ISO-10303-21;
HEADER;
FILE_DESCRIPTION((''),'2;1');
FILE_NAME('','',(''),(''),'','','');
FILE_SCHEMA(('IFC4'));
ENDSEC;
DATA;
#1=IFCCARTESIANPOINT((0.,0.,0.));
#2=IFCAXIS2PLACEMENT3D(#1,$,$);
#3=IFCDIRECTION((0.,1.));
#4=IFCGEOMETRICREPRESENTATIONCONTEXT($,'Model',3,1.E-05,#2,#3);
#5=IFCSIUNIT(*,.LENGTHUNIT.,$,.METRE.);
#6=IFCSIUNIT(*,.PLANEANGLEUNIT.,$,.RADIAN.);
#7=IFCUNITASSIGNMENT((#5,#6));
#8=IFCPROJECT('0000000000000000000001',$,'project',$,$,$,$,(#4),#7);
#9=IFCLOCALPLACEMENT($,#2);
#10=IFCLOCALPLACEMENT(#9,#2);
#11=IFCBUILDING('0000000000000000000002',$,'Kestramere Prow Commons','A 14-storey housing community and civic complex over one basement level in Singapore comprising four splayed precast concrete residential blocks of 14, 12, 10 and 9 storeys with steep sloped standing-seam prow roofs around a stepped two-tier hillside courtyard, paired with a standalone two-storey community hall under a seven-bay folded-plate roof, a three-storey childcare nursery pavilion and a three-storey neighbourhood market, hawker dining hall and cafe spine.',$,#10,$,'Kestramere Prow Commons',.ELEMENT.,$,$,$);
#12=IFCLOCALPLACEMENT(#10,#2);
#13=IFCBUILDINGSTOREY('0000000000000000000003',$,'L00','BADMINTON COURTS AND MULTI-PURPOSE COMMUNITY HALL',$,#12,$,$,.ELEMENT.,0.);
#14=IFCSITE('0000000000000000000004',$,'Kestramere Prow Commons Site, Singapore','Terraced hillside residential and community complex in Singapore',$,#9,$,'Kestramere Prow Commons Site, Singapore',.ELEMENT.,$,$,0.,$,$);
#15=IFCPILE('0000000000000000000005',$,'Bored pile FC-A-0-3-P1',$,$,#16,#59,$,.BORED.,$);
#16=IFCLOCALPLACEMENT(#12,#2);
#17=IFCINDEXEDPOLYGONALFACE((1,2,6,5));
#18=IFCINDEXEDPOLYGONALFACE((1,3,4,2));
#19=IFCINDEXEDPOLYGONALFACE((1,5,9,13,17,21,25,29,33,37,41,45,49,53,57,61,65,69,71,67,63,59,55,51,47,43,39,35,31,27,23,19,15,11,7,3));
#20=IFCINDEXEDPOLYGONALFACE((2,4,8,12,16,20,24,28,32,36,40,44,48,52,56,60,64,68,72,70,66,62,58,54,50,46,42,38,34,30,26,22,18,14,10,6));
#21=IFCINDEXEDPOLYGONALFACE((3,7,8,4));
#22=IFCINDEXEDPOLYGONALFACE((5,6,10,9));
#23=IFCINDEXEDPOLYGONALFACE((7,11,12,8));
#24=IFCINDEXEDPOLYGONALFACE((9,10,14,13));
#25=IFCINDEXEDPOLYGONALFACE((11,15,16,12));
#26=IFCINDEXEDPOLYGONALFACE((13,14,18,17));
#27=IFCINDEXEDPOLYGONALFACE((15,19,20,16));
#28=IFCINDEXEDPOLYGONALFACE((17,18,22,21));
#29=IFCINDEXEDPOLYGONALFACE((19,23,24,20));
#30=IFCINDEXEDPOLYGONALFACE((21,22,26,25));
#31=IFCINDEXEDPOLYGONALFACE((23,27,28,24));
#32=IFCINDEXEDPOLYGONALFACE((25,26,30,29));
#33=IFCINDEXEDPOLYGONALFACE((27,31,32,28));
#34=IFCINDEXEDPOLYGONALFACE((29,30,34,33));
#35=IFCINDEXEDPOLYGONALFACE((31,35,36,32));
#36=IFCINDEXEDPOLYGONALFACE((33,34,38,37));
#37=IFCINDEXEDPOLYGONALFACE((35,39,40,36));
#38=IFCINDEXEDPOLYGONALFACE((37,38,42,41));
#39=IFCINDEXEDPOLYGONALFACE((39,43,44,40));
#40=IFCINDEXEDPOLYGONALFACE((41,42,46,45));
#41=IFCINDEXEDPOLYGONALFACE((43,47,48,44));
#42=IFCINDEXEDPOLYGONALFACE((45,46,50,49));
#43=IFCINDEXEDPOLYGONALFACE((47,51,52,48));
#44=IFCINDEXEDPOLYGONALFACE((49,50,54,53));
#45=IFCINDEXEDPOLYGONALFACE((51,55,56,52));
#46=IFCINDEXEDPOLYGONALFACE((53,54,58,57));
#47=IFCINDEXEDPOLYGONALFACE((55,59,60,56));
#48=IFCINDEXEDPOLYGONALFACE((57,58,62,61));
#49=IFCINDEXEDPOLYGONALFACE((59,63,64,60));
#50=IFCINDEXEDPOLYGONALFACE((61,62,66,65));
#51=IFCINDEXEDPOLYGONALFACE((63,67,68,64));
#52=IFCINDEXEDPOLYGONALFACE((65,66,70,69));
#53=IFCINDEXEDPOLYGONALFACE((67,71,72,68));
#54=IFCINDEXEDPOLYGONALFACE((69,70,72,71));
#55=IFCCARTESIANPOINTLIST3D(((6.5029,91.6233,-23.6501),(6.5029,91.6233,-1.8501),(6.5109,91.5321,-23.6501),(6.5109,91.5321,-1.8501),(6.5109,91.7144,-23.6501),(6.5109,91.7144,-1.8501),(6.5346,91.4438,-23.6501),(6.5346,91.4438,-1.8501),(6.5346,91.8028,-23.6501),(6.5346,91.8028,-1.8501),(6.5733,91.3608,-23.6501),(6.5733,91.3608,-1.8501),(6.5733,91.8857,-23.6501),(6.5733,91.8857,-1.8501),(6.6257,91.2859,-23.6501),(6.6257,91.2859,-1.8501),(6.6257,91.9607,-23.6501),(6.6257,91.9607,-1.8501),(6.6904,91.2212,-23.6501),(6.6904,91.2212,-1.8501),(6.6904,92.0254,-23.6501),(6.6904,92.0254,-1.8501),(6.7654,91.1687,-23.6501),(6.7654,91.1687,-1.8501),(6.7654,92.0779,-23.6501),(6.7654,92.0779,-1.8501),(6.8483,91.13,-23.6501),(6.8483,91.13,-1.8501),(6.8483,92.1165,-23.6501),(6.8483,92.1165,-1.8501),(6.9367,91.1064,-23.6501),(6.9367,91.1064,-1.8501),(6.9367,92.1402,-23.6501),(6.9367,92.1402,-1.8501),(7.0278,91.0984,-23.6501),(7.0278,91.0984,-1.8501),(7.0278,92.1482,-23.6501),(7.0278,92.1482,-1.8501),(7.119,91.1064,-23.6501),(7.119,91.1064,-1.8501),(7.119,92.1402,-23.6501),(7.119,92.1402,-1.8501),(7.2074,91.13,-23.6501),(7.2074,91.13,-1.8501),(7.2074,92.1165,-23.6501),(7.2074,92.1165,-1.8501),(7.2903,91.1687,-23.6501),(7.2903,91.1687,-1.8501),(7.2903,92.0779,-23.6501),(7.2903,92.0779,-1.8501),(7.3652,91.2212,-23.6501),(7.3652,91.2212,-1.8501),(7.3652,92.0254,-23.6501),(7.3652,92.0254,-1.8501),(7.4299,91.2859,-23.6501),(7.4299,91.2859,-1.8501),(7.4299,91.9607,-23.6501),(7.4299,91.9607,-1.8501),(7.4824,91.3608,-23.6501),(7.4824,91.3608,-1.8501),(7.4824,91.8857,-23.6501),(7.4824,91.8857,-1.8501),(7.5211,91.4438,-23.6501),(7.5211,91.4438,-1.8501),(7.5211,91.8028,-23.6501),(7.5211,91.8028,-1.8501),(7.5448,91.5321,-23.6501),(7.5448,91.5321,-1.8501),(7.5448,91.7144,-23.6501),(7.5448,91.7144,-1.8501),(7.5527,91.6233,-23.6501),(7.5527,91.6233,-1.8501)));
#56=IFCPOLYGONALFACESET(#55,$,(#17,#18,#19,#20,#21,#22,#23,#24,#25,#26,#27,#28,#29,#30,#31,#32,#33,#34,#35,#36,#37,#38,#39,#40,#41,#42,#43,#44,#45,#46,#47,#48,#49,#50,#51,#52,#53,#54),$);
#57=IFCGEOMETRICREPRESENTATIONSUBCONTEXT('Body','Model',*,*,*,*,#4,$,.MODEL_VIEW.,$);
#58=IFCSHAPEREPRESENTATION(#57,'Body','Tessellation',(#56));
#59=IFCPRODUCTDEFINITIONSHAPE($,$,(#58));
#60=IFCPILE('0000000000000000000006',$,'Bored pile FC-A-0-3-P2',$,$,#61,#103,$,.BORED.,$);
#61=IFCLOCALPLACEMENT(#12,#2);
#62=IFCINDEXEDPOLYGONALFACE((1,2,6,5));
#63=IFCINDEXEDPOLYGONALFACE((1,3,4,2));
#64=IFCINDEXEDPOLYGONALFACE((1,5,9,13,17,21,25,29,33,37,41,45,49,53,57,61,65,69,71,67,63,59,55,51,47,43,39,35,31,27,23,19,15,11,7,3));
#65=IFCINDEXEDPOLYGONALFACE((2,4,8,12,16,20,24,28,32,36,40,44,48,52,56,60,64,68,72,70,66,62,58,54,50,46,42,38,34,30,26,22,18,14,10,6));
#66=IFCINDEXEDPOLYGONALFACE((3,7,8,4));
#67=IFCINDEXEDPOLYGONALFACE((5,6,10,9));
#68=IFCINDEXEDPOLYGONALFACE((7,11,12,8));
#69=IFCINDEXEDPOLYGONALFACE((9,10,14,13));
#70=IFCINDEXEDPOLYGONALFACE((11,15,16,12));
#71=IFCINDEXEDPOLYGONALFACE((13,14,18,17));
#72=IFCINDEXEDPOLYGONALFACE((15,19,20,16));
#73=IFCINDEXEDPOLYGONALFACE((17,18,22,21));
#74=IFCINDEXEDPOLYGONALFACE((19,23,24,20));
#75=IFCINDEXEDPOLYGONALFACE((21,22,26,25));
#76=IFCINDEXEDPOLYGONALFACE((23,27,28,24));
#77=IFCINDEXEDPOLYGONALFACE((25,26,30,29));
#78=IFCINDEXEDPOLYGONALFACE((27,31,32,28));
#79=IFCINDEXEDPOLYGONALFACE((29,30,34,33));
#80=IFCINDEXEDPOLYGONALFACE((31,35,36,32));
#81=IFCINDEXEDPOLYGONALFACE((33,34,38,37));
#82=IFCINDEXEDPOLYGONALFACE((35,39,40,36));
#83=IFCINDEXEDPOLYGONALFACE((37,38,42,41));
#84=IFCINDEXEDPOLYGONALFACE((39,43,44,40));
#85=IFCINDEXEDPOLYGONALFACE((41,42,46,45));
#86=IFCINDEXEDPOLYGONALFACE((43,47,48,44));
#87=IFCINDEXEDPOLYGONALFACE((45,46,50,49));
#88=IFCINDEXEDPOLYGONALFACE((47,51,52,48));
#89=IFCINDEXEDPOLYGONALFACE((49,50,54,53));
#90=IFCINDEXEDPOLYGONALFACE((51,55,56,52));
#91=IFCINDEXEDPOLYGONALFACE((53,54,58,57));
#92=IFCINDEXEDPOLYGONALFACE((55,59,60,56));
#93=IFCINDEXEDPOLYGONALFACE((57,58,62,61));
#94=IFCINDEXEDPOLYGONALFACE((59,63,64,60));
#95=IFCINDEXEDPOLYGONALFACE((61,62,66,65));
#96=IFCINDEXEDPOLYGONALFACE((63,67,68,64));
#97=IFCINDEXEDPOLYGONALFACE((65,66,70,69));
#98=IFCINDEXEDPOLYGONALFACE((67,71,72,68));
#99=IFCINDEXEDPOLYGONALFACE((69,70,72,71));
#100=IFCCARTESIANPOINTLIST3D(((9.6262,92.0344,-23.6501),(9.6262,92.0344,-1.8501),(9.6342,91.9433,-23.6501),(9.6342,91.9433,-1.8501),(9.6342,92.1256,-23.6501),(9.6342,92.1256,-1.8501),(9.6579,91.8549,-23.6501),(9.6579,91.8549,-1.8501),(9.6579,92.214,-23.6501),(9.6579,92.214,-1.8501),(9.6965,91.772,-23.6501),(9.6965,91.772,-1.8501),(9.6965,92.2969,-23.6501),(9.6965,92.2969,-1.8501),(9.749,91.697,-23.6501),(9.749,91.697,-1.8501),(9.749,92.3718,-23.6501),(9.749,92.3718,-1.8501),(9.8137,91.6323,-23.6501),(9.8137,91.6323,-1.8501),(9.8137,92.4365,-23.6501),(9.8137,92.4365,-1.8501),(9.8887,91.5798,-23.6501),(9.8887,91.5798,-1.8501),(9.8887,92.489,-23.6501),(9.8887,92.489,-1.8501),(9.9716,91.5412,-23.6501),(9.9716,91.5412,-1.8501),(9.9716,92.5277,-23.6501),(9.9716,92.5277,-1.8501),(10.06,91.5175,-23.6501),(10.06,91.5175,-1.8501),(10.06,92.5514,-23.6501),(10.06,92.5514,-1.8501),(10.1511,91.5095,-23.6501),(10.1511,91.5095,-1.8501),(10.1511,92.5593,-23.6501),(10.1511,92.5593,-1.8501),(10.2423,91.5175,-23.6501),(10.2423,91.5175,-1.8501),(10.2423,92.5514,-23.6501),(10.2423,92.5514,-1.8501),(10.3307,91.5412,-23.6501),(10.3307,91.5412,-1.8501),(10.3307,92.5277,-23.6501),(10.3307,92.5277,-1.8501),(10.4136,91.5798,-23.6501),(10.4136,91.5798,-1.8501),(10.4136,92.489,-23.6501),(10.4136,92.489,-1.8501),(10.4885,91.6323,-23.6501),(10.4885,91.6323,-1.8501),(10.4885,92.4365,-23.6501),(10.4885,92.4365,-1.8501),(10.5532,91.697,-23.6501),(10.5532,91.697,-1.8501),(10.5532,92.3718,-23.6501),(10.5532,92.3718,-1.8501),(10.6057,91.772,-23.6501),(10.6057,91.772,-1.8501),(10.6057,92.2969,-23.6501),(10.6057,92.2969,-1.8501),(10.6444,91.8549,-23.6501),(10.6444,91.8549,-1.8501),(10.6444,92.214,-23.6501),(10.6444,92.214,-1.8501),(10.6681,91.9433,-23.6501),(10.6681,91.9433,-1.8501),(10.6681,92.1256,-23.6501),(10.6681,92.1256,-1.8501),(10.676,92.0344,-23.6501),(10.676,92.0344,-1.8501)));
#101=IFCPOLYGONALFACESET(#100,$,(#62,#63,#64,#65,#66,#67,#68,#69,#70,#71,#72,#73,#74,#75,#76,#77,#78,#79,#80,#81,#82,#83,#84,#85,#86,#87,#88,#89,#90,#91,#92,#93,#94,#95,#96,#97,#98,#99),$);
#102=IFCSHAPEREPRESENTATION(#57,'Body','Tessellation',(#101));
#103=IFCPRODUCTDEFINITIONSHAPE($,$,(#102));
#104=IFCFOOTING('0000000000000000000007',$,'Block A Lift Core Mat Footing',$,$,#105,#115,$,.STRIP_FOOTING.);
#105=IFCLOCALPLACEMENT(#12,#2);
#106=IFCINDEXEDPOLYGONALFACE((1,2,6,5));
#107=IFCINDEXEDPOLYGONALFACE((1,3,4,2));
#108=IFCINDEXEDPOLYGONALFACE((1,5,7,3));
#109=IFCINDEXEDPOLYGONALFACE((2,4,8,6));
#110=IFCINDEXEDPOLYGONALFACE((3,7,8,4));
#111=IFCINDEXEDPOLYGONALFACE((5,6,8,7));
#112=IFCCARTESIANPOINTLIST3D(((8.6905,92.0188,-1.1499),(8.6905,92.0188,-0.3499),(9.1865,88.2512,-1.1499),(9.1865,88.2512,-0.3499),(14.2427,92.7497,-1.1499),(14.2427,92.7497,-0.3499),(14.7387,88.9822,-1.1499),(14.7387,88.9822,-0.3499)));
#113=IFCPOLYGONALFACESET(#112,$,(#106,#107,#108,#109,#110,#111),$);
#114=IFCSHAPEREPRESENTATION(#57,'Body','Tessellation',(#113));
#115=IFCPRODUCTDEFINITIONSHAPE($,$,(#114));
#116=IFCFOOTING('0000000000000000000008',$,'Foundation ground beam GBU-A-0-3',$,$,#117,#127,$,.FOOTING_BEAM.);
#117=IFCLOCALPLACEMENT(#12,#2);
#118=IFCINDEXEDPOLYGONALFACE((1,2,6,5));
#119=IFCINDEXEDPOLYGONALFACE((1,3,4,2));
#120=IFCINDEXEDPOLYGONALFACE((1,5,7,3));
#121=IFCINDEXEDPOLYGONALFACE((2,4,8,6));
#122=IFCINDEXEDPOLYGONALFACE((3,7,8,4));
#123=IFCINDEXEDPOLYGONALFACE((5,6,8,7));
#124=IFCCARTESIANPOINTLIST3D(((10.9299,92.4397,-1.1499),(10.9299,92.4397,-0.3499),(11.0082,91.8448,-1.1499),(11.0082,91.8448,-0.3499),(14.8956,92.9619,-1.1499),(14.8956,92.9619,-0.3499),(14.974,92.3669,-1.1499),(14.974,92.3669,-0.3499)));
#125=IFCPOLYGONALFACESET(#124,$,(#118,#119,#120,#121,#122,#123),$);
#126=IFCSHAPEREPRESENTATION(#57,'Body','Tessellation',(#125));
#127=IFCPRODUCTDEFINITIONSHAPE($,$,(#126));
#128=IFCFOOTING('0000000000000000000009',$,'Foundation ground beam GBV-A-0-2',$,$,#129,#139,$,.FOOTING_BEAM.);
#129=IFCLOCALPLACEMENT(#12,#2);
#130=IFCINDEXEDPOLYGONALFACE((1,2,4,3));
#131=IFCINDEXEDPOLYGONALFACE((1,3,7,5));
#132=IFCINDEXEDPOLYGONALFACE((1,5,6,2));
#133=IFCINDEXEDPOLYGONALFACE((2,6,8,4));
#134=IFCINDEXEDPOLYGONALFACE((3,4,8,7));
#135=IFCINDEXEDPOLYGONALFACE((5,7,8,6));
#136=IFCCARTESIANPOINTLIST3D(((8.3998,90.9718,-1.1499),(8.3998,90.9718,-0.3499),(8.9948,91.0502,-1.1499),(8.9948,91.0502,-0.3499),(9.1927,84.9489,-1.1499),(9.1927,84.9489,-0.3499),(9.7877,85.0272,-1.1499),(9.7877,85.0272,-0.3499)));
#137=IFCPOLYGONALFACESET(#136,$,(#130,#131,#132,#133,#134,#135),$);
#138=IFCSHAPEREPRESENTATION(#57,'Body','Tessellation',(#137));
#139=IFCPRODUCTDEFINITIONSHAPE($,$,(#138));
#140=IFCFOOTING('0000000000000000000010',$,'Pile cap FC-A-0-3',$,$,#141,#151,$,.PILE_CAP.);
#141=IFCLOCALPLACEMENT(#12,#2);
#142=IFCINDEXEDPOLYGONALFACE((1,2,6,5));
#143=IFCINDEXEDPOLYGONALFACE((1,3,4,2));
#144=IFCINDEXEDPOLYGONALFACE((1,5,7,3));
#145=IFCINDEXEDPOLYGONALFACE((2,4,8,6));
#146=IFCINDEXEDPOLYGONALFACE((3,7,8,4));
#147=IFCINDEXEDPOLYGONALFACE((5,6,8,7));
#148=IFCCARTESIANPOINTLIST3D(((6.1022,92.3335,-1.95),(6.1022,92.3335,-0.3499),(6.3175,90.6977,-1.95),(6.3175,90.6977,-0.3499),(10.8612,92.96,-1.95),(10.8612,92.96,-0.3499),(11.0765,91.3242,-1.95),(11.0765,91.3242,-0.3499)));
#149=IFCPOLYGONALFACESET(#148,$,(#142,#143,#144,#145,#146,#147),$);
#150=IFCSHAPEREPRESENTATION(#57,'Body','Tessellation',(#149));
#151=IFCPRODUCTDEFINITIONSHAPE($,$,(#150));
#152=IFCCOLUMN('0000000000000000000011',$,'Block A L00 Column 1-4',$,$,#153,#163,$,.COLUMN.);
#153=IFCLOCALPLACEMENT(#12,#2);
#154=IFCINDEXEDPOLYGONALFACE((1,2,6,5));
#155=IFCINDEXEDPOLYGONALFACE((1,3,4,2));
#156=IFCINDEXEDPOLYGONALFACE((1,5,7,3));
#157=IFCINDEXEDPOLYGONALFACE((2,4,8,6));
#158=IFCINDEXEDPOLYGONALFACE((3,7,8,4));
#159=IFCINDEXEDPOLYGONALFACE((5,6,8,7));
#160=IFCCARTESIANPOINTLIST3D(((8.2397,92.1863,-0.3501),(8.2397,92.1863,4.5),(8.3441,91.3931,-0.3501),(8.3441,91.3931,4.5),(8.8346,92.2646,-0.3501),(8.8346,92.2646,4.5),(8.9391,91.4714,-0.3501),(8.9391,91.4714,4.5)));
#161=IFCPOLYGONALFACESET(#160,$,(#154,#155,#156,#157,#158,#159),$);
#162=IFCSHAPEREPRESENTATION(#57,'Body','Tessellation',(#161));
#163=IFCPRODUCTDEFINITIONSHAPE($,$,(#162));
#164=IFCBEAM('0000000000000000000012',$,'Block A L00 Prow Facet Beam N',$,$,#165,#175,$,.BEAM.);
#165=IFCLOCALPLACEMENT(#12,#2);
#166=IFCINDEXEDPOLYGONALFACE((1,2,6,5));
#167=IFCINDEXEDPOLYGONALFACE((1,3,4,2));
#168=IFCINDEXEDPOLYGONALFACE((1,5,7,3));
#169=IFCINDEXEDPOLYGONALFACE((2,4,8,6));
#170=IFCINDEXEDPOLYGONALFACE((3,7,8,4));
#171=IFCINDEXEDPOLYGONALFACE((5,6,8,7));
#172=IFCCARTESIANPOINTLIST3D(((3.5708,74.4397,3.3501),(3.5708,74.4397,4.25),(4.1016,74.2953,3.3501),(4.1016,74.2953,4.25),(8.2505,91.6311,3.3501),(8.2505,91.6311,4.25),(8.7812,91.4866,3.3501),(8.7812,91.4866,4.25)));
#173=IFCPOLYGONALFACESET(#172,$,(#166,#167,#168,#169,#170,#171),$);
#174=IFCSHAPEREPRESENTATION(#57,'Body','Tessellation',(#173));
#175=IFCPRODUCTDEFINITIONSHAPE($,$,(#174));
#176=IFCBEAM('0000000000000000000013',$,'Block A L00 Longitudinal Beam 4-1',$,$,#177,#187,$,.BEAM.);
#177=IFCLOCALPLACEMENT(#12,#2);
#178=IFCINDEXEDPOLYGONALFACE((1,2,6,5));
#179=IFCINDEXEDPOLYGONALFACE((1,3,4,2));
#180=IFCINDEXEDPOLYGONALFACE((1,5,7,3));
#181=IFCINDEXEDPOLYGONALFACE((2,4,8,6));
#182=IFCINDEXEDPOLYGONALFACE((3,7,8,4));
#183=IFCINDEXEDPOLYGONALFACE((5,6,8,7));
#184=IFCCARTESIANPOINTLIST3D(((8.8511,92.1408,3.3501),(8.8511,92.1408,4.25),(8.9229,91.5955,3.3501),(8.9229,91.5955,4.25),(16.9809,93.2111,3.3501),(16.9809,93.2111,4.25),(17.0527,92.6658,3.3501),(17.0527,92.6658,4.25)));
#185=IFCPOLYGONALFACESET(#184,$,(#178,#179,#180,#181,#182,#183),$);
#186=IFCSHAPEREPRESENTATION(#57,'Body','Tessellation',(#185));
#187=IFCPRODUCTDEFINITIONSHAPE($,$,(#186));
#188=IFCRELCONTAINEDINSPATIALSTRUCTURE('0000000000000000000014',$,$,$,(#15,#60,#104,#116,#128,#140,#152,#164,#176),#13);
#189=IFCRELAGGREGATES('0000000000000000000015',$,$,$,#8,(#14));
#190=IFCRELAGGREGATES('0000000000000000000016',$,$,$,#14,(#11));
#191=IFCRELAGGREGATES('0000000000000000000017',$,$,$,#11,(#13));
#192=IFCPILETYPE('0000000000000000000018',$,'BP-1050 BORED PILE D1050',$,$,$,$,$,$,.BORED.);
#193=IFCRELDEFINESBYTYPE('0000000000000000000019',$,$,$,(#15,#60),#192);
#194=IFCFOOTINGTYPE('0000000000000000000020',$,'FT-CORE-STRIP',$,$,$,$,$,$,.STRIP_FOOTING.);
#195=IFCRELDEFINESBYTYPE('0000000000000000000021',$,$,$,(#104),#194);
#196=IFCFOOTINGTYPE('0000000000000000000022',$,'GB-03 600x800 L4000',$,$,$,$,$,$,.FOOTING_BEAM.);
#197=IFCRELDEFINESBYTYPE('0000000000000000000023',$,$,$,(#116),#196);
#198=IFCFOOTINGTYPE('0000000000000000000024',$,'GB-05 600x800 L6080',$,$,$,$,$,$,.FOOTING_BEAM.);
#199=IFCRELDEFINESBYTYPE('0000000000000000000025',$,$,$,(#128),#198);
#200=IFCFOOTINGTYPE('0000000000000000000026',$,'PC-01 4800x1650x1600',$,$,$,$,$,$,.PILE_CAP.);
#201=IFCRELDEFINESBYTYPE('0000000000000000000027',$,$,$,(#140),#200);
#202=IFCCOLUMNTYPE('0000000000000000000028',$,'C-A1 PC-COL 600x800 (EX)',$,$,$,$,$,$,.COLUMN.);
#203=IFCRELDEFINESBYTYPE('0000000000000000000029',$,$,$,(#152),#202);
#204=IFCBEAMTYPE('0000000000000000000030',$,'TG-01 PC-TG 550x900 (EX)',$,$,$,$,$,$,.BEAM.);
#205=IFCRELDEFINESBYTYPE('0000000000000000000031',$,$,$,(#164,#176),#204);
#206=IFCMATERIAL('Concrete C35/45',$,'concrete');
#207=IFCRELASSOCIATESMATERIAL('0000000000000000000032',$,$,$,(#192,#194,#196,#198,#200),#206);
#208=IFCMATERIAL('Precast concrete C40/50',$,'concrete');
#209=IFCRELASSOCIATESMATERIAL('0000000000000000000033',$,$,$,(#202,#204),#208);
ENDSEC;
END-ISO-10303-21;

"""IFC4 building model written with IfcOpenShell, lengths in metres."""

from ifc_helpers import new_model, si_unit, direction, frame, origin, origin_2d, place, context, subcontext, project, spatial, rectangle, circle, extrude, material, material_profile, profile_set, type_object, element, save


model = new_model("IFC4")

# Units and contexts
model_context = context("Model", 3, precision=1e-05, world=origin(), true_north=direction((0.0, 1.0)))
body_context = subcontext(model_context, "Body", "Model", "MODEL_VIEW")
ifc_project = project(units=[si_unit("LENGTHUNIT", "METRE"), si_unit("PLANEANGLEUNIT", "RADIAN")], contexts=[model_context])

# Site, building, storey
site_placement = place(None, origin())
site = spatial("IfcSite", under=ifc_project, at=site_placement, Name="Kestramere Prow Commons Site, Singapore", Description="Terraced hillside residential and community complex in Singapore", LongName="Kestramere Prow Commons Site, Singapore", CompositionType="ELEMENT", RefElevation=0.0)
building_placement = place(site_placement, origin())
building = spatial("IfcBuilding", under=site, at=building_placement, Name="Kestramere Prow Commons", Description="A 14-storey housing community and civic complex over one basement level in Singapore comprising four splayed precast concrete residential blocks of 14, 12, 10 and 9 storeys with steep sloped standing-seam prow roofs around a stepped two-tier hillside courtyard, paired with a standalone two-storey community hall under a seven-bay folded-plate roof, a three-storey childcare nursery pavilion and a three-storey neighbourhood market, hawker dining hall and cafe spine.", LongName="Kestramere Prow Commons", CompositionType="ELEMENT")
storey_placement = place(building_placement, origin())
storey = spatial("IfcBuildingStorey", under=building, at=storey_placement, Name="L00", Description="BADMINTON COURTS AND MULTI-PURPOSE COMMUNITY HALL", CompositionType="ELEMENT", Elevation=0.0)

# Piles
ifc_material_1 = material(Name="Concrete C35/45", Category="concrete")
ifc_material_profile_1 = material_profile(ifc_material_1, circle(Radius=0.5249, at=origin_2d()), Name="BORED PILE D1050")
ifc_profile_set_1 = profile_set([ifc_material_profile_1], Name="Concrete C35/45")
pile_type = type_object("IfcPileType", Name="BP-1050 BORED PILE D1050", PredefinedType="BORED", material=ifc_profile_set_1)
for number, where, z_axis, x_axis, name in (
    (1, (7.0278, 91.6233, -1.8501), (0.0, 0.0, -1.0), (1.0, 0.0, 0.0), "Bored pile FC-A-0-3-P1"),
    (2, (10.1511, 92.0344, -1.8501), (0.0, 0.0, -1.0), (1.0, 0.0, 0.0), "Bored pile FC-A-0-3-P2"),
):
    element("IfcPile", number, at=place(storey_placement, frame(where, z_axis=z_axis, x_axis=x_axis)), inside=storey, type_object=pile_type, Name=name, PredefinedType="BORED", context=body_context, shape_type="SweptSolid", body=[
        extrude(circle(Radius=0.5249, at=origin_2d()), origin(), (0.0, 0.0, 1.0), 21.8),
    ])

# Footings
footing_type_1 = type_object("IfcFootingType", Name="FT-CORE-STRIP", PredefinedType="STRIP_FOOTING", material=ifc_material_1)
footing_1_placement = place(storey_placement, frame((11.7146, 90.5005, -1.1499), z_axis=(0.0, 0.0, 1.0), x_axis=(0.991445, 0.130526, 0.0)))
element("IfcFooting", 3, at=footing_1_placement, inside=storey, type_object=footing_type_1, Name="Block A Lift Core Mat Footing", PredefinedType="STRIP_FOOTING", context=body_context, shape_type="SweptSolid", body=[
    extrude(rectangle(XDim=5.6001, YDim=3.8, at=origin_2d()), origin(), (0.0, 0.0, 1.0), 0.8),
])
footing_type_2 = type_object("IfcFootingType", Name="GB-03 600x800 L4000", PredefinedType="FOOTING_BEAM", material=ifc_material_1)
footing_2_placement = place(storey_placement, frame((12.9519, 92.4033, -1.1499), z_axis=(0.0, 0.0, 1.0), x_axis=(0.991445, 0.130526, 0.0)))
element("IfcFooting", 4, at=footing_2_placement, inside=storey, type_object=footing_type_2, Name="Foundation ground beam GBU-A-0-3", PredefinedType="FOOTING_BEAM", context=body_context, shape_type="SweptSolid", body=[
    extrude(rectangle(XDim=4.0, YDim=0.6001, at=origin_2d()), origin(), (0.0, 0.0, 1.0), 0.8),
])
footing_type_3 = type_object("IfcFootingType", Name="GB-05 600x800 L6080", PredefinedType="FOOTING_BEAM", material=ifc_material_1)
footing_3_placement = place(storey_placement, frame((9.0938, 87.9995, -1.1499), z_axis=(0.0, 0.0, 1.0), x_axis=(-0.130526, 0.991445, 0.0)))
element("IfcFooting", 5, at=footing_3_placement, inside=storey, type_object=footing_type_3, Name="Foundation ground beam GBV-A-0-2", PredefinedType="FOOTING_BEAM", context=body_context, shape_type="SweptSolid", body=[
    extrude(rectangle(XDim=6.075, YDim=0.6001, at=origin_2d()), origin(), (0.0, 0.0, 1.0), 0.8),
])
footing_type_4 = type_object("IfcFootingType", Name="PC-01 4800x1650x1600", PredefinedType="PILE_CAP", material=ifc_material_1)
footing_4_placement = place(storey_placement, frame((8.5894, 91.8289, -1.95), z_axis=(0.0, 0.0, 1.0), x_axis=(0.991445, 0.130526, 0.0)))
element("IfcFooting", 6, at=footing_4_placement, inside=storey, type_object=footing_type_4, Name="Pile cap FC-A-0-3", PredefinedType="PILE_CAP", context=body_context, shape_type="SweptSolid", body=[
    extrude(rectangle(XDim=4.8, YDim=1.6499, at=origin_2d()), origin(), (0.0, 0.0, 1.0), 1.6001),
])

# Column
ifc_material_2 = material(Name="Precast concrete C40/50", Category="concrete")
ifc_material_profile_2 = material_profile(ifc_material_2, rectangle(XDim=0.6001, YDim=0.8, at=origin_2d()), Name="PC-COL 600x800")
ifc_profile_set_2 = profile_set([ifc_material_profile_2], Name="Precast concrete C40/50")
column_type = type_object("IfcColumnType", Name="C-A1 PC-COL 600x800 (EX)", PredefinedType="COLUMN", material=ifc_profile_set_2)
column_placement = place(storey_placement, frame((8.5894, 91.8289, -0.3501), z_axis=(0.0, 0.0, 1.0), x_axis=(0.991445, 0.130526, 0.0)))
element("IfcColumn", 7, at=column_placement, inside=storey, type_object=column_type, Name="Block A L00 Column 1-4", PredefinedType="COLUMN", context=body_context, shape_type="SweptSolid", body=[
    extrude(rectangle(XDim=0.6001, YDim=0.8, at=origin_2d()), origin(), (0.0, 0.0, 1.0), 4.8501),
])

# Beams
ifc_material_profile_3 = material_profile(ifc_material_2, rectangle(XDim=0.55, YDim=0.8999, at=origin_2d()), Name="PC-TG 550x900")
ifc_profile_set_3 = profile_set([ifc_material_profile_3], Name="Precast concrete C40/50")
beam_type = type_object("IfcBeamType", Name="TG-01 PC-TG 550x900 (EX)", PredefinedType="BEAM", material=ifc_profile_set_3)
beam_1_placement = place(storey_placement, frame((8.5159, 91.5588, 3.8), z_axis=(-0.262654, -0.96489, 0.0), x_axis=(0.96489, -0.262654, 0.0)))
element("IfcBeam", 8, at=beam_1_placement, inside=storey, type_object=beam_type, Name="Block A L00 Prow Facet Beam N", PredefinedType="BEAM", context=body_context, shape_type="SweptSolid", body=[
    extrude(rectangle(XDim=0.55, YDim=0.8999, at=origin_2d()), origin(), (0.0, 0.0, 1.0), 17.8169),
])
beam_2_placement = place(storey_placement, frame((8.887, 91.8682, 3.8), z_axis=(0.991445, 0.130525, 0.0), x_axis=(-0.130525, 0.991445, 0.0)))
element("IfcBeam", 9, at=beam_2_placement, inside=storey, type_object=beam_type, Name="Block A L00 Longitudinal Beam 4-1", PredefinedType="BEAM", context=body_context, shape_type="SweptSolid", body=[
    extrude(rectangle(XDim=0.55, YDim=0.8999, at=origin_2d()), origin(), (0.0, 0.0, 1.0), 8.2),
])

save(model, "model.ifc")
